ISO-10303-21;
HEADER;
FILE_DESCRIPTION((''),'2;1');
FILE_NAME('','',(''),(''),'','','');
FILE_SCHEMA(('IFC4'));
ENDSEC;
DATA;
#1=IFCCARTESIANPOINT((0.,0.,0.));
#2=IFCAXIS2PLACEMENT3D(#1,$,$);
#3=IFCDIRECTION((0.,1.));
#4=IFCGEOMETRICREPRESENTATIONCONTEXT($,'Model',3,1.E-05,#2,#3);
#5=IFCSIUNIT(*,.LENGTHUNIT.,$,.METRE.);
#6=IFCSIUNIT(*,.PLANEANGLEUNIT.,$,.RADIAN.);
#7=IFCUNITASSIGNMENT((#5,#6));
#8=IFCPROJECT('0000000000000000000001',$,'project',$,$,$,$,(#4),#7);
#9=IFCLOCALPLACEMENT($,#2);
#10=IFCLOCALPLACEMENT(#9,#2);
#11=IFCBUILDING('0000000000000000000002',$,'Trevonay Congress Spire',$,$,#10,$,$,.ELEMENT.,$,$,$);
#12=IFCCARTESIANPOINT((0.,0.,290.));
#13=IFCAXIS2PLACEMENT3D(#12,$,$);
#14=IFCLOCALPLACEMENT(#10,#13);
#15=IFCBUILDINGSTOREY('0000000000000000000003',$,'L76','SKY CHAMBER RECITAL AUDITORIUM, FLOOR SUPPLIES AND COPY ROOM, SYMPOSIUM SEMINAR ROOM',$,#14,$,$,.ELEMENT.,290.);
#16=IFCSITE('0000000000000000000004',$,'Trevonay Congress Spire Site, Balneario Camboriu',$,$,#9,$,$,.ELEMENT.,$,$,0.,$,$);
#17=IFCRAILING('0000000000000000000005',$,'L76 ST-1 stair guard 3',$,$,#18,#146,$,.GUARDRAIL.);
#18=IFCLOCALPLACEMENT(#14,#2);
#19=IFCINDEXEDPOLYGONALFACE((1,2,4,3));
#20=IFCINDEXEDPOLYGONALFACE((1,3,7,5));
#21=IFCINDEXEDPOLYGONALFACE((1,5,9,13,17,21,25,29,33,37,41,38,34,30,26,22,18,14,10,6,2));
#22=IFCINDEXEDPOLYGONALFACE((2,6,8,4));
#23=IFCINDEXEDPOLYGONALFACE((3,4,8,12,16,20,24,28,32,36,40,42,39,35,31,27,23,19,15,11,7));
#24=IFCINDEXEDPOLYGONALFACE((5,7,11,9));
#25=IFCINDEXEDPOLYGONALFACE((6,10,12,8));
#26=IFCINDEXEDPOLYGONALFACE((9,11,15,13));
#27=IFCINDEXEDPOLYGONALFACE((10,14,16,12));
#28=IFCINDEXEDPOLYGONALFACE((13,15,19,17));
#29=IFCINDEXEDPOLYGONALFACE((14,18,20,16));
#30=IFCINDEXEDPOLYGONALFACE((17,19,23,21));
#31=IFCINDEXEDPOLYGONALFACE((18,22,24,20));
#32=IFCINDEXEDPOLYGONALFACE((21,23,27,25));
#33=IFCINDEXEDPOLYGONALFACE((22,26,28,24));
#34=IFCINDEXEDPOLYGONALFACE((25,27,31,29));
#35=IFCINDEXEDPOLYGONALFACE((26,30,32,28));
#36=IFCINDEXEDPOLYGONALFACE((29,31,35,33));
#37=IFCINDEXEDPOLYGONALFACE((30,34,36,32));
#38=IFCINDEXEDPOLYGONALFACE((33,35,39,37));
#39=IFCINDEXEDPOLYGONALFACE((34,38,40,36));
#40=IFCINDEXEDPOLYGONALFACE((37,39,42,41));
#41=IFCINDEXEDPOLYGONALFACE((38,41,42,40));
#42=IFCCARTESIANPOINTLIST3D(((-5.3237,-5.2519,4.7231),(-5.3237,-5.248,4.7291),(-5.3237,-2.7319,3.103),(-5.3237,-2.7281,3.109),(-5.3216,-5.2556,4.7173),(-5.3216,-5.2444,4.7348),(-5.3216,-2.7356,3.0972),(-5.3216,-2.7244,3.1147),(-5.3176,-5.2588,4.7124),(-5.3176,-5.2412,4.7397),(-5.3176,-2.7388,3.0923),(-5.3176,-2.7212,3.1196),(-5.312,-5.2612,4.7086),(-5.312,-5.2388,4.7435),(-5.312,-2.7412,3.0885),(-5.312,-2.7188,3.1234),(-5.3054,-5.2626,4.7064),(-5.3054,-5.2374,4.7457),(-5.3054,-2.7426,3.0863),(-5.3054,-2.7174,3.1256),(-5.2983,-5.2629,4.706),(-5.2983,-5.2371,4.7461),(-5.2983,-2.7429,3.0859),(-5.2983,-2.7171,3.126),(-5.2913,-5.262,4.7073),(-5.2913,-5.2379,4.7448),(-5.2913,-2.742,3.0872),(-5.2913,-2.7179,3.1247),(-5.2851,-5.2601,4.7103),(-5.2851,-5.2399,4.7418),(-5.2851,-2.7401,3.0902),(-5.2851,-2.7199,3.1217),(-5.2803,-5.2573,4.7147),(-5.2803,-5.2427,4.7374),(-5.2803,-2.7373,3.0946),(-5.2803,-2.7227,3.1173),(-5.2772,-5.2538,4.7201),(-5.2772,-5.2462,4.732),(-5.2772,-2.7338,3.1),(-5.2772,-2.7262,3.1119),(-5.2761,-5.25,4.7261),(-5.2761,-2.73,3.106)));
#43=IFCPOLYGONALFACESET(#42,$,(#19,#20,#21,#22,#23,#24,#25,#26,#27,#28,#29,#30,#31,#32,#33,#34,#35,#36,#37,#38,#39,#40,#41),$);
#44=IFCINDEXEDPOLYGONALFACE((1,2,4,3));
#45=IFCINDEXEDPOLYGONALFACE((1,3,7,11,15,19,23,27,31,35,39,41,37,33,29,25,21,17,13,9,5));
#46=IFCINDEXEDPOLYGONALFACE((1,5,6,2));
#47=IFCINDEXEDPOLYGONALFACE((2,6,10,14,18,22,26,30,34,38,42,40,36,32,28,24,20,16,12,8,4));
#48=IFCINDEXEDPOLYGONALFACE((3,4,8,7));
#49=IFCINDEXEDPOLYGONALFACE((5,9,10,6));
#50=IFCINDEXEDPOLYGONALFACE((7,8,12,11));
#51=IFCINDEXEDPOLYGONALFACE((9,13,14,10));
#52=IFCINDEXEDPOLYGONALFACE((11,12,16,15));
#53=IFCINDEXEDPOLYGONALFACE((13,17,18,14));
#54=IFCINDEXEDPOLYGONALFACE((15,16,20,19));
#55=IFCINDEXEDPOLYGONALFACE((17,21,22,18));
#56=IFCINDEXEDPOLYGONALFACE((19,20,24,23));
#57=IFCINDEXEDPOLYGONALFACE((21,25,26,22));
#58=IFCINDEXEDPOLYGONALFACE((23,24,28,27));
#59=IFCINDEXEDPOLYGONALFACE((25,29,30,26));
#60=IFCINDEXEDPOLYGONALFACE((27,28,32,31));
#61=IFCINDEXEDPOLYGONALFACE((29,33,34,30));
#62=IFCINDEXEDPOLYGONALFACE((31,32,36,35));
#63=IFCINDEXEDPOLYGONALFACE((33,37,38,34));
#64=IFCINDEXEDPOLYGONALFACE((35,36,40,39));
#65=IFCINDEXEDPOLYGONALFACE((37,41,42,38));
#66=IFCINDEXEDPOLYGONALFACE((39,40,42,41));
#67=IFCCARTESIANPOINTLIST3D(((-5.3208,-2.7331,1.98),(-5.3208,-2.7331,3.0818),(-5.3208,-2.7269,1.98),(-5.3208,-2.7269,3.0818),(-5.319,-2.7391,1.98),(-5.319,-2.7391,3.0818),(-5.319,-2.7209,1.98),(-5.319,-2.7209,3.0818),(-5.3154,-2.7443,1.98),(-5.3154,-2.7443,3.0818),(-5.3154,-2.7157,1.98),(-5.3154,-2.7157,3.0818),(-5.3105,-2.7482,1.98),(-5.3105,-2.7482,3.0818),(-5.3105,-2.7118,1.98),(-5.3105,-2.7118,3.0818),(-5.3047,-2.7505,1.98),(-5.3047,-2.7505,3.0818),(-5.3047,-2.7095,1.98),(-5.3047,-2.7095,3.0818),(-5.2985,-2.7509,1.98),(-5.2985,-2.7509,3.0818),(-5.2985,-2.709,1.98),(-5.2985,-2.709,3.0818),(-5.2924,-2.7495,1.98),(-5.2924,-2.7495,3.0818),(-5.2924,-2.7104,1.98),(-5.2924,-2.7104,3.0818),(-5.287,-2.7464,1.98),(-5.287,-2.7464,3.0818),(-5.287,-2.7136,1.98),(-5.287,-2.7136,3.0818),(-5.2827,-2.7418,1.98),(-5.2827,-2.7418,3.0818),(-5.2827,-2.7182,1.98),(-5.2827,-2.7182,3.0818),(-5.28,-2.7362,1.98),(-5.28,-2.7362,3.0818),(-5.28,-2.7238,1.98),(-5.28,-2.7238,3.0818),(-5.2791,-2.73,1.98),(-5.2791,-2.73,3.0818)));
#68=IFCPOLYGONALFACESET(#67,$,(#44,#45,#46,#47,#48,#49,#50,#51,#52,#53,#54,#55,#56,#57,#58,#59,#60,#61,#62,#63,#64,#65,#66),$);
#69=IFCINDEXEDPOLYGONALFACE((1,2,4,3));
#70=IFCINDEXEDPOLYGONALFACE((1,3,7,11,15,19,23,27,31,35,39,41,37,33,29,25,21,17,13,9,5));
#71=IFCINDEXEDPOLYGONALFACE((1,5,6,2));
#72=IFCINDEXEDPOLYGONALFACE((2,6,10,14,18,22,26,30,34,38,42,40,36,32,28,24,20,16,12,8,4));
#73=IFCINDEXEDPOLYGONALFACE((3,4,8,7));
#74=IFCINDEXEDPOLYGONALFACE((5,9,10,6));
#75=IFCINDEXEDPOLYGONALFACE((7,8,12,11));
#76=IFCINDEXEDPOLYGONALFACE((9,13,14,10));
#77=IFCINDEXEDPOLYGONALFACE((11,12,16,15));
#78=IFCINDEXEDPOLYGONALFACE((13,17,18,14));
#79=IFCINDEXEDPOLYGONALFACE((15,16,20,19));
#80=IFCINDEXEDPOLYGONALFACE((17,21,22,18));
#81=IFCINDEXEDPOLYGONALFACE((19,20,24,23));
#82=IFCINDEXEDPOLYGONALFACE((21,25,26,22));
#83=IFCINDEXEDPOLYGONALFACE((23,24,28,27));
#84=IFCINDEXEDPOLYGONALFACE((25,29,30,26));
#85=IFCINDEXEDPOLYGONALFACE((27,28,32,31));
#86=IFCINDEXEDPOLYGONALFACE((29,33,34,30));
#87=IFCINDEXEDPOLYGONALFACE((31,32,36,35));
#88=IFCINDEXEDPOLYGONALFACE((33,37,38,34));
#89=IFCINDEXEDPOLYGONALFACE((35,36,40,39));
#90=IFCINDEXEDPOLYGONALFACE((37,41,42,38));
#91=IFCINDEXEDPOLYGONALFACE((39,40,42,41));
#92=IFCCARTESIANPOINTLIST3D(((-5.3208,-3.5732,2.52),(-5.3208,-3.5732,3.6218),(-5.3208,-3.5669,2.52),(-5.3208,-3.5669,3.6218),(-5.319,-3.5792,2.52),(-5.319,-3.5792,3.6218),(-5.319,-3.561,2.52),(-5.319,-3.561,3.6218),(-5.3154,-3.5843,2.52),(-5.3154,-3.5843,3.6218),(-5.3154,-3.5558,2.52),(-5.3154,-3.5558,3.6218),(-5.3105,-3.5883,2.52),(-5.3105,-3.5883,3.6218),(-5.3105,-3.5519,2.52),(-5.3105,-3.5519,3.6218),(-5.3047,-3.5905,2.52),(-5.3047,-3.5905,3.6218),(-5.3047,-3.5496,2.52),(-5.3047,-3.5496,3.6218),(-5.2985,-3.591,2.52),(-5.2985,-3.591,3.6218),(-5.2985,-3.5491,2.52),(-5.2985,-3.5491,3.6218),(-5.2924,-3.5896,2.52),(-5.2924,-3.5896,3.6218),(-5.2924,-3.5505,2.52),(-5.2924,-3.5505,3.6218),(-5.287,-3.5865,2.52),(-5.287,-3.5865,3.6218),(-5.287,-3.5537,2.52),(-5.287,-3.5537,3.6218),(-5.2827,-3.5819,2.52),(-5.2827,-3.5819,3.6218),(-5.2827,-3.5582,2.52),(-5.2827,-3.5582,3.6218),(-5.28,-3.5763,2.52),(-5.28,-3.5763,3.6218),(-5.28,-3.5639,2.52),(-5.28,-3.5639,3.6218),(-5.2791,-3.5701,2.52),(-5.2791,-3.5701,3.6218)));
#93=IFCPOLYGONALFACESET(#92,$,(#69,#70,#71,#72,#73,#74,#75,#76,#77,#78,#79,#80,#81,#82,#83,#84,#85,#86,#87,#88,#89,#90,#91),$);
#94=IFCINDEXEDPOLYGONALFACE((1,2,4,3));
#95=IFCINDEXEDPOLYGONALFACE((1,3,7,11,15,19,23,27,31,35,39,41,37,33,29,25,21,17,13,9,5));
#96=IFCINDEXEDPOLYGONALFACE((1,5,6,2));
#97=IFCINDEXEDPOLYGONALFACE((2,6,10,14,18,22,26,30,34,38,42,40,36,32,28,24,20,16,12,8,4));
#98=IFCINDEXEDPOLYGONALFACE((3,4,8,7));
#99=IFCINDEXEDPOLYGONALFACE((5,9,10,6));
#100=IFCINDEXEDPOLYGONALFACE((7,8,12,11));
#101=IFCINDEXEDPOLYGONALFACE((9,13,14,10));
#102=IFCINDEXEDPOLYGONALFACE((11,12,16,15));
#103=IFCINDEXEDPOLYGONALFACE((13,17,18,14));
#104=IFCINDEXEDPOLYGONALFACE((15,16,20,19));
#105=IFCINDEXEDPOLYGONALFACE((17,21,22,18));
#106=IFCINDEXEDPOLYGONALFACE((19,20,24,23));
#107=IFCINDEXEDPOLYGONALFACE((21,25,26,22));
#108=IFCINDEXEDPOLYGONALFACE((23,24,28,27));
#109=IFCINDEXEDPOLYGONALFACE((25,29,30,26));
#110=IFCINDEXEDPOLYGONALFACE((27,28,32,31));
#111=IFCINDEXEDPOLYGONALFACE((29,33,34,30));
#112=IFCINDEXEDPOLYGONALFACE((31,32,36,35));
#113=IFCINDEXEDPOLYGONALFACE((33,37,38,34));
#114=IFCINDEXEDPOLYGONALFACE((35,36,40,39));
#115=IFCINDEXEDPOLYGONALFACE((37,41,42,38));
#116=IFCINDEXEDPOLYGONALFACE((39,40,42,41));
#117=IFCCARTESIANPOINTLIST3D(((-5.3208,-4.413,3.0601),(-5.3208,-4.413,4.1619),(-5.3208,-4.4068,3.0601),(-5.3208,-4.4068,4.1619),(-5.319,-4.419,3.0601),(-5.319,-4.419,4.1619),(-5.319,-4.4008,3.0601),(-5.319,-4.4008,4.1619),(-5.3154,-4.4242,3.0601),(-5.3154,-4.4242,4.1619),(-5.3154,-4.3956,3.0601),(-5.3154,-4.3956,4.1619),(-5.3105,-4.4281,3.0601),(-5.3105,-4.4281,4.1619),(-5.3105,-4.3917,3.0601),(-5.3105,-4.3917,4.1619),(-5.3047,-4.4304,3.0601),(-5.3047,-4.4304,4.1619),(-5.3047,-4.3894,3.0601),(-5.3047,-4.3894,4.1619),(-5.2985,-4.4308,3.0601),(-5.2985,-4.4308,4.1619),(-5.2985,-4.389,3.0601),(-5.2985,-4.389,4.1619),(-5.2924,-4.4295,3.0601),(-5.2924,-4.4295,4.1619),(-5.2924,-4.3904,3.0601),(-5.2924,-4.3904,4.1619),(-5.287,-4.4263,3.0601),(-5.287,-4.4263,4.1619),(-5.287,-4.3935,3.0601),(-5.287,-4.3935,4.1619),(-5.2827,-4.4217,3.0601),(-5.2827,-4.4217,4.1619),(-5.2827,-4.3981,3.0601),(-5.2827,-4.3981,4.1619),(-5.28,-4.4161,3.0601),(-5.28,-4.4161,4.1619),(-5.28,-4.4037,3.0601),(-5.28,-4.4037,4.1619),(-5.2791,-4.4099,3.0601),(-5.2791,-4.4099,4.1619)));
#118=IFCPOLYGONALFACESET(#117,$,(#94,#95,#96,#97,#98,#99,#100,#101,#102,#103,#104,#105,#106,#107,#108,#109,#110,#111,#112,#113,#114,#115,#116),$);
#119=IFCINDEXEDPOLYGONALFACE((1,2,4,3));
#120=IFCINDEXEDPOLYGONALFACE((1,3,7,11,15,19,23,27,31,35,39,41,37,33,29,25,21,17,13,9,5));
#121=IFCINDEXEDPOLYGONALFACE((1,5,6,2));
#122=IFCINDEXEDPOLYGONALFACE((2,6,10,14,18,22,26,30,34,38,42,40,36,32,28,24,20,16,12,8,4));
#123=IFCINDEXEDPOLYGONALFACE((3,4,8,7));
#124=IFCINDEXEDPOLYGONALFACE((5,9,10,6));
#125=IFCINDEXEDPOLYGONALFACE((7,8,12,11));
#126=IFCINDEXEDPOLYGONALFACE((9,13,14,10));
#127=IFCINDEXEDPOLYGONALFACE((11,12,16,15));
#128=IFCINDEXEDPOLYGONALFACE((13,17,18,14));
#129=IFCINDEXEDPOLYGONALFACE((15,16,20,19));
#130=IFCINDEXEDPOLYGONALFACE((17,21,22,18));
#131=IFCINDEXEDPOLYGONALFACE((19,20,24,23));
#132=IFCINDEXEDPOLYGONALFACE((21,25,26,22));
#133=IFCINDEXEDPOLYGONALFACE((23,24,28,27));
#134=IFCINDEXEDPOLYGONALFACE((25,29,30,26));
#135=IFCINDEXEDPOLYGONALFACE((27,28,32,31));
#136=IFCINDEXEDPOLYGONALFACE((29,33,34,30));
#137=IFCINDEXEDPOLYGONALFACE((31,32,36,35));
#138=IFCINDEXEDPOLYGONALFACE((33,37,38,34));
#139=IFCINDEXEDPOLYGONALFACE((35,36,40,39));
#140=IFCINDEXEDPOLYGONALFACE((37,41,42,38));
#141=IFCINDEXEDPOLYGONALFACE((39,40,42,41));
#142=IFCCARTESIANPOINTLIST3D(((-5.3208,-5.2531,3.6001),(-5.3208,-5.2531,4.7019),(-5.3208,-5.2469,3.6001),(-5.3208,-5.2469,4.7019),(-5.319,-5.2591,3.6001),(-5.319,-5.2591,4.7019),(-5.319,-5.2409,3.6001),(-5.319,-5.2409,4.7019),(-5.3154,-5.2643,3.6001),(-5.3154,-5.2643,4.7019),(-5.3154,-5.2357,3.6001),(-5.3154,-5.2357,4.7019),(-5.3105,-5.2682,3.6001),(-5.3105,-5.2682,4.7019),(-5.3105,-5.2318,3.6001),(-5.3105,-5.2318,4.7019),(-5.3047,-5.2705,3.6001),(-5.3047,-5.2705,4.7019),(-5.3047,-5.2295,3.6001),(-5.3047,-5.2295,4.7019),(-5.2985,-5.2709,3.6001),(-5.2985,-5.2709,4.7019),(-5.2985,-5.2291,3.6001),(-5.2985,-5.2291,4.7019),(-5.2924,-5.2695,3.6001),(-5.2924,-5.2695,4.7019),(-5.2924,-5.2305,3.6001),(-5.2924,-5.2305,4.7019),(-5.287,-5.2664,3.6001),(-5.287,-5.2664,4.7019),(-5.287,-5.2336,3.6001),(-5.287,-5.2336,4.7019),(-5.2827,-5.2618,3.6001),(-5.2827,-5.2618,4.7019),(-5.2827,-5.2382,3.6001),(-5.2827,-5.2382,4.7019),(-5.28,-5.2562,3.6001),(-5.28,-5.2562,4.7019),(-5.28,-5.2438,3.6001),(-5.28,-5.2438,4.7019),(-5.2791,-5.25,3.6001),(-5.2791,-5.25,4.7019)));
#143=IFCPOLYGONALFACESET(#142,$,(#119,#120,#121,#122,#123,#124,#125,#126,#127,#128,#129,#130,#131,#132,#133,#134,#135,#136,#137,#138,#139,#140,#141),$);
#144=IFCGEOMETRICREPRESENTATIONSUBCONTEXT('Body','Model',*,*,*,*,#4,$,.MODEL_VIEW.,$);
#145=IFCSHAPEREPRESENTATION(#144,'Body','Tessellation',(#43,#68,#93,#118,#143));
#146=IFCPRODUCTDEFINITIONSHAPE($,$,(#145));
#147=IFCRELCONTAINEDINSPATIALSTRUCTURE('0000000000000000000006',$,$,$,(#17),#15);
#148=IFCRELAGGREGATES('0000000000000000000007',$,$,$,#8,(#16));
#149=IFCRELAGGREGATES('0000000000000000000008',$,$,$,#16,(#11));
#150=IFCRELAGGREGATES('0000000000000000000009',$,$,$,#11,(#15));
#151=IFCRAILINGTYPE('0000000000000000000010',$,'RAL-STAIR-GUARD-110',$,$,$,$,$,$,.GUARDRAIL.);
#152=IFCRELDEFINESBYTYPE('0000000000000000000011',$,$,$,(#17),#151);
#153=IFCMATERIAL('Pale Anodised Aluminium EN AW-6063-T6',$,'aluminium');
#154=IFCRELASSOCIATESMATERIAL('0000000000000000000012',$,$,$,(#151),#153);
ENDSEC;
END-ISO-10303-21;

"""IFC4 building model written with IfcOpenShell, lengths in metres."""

from ifc_helpers import new_model, si_unit, direction, frame, origin, origin_2d, place, context, subcontext, project, spatial, circle, extrude, material, type_object, element, save


model = new_model("IFC4")

# Units and contexts
model_context = context("Model", 3, precision=1e-05, world=origin(), true_north=direction((0.0, 1.0)))
body_context = subcontext(model_context, "Body", "Model", "MODEL_VIEW")
ifc_project = project(units=[si_unit("LENGTHUNIT", "METRE"), si_unit("PLANEANGLEUNIT", "RADIAN")], contexts=[model_context])

# Site, building, storey
site_placement = place(None, origin())
site = spatial("IfcSite", under=ifc_project, at=site_placement, Name="Trevonay Congress Spire Site, Balneario Camboriu", CompositionType="ELEMENT", RefElevation=0.0)
building_placement = place(site_placement, origin())
building = spatial("IfcBuilding", under=site, at=building_placement, Name="Trevonay Congress Spire", CompositionType="ELEMENT")
storey_placement = place(building_placement, frame((0.0, 0.0, 290.0)))
storey = spatial("IfcBuildingStorey", under=building, at=storey_placement, Name="L76", Description="SKY CHAMBER RECITAL AUDITORIUM, FLOOR SUPPLIES AND COPY ROOM, SYMPOSIUM SEMINAR ROOM", CompositionType="ELEMENT", Elevation=290.0)

# Railing
ifc_material_1 = material(Name="Pale Anodised Aluminium EN AW-6063-T6", Category="aluminium")
railing_type_1 = type_object("IfcRailingType", Name="RAL-STAIR-GUARD-110", PredefinedType="GUARDRAIL", material=ifc_material_1)
railing_1_placement = place(storey_placement, frame((-5.3, -2.73, 1.98)))
element("IfcRailing", 1, at=railing_1_placement, inside=storey, type_object=railing_type_1, Name="L76 ST-1 stair guard 3", PredefinedType="GUARDRAIL", context=body_context, shape_type="SweptSolid", body=[
    extrude(circle(Radius=0.0239, at=origin_2d()), frame((0.0, 0.0, 1.126), z_axis=(0.0, -0.841163, 0.540782), x_axis=(1.0, 0.0, 0.0)), (0.0, 0.0, 1.0), 2.9958),
    extrude(circle(Radius=0.021, at=origin_2d()), origin(), (0.0, 0.0, 1.0), 1.1018),
    extrude(circle(Radius=0.021, at=origin_2d()), frame((0.0, -0.8401, 0.54)), (0.0, 0.0, 1.0), 1.1018),
    extrude(circle(Radius=0.021, at=origin_2d()), frame((0.0, -1.6799, 1.0801)), (0.0, 0.0, 1.0), 1.1018),
    extrude(circle(Radius=0.021, at=origin_2d()), frame((0.0, -2.52, 1.6201)), (0.0, 0.0, 1.0), 1.1018),
])

save(model, "model.ifc")
